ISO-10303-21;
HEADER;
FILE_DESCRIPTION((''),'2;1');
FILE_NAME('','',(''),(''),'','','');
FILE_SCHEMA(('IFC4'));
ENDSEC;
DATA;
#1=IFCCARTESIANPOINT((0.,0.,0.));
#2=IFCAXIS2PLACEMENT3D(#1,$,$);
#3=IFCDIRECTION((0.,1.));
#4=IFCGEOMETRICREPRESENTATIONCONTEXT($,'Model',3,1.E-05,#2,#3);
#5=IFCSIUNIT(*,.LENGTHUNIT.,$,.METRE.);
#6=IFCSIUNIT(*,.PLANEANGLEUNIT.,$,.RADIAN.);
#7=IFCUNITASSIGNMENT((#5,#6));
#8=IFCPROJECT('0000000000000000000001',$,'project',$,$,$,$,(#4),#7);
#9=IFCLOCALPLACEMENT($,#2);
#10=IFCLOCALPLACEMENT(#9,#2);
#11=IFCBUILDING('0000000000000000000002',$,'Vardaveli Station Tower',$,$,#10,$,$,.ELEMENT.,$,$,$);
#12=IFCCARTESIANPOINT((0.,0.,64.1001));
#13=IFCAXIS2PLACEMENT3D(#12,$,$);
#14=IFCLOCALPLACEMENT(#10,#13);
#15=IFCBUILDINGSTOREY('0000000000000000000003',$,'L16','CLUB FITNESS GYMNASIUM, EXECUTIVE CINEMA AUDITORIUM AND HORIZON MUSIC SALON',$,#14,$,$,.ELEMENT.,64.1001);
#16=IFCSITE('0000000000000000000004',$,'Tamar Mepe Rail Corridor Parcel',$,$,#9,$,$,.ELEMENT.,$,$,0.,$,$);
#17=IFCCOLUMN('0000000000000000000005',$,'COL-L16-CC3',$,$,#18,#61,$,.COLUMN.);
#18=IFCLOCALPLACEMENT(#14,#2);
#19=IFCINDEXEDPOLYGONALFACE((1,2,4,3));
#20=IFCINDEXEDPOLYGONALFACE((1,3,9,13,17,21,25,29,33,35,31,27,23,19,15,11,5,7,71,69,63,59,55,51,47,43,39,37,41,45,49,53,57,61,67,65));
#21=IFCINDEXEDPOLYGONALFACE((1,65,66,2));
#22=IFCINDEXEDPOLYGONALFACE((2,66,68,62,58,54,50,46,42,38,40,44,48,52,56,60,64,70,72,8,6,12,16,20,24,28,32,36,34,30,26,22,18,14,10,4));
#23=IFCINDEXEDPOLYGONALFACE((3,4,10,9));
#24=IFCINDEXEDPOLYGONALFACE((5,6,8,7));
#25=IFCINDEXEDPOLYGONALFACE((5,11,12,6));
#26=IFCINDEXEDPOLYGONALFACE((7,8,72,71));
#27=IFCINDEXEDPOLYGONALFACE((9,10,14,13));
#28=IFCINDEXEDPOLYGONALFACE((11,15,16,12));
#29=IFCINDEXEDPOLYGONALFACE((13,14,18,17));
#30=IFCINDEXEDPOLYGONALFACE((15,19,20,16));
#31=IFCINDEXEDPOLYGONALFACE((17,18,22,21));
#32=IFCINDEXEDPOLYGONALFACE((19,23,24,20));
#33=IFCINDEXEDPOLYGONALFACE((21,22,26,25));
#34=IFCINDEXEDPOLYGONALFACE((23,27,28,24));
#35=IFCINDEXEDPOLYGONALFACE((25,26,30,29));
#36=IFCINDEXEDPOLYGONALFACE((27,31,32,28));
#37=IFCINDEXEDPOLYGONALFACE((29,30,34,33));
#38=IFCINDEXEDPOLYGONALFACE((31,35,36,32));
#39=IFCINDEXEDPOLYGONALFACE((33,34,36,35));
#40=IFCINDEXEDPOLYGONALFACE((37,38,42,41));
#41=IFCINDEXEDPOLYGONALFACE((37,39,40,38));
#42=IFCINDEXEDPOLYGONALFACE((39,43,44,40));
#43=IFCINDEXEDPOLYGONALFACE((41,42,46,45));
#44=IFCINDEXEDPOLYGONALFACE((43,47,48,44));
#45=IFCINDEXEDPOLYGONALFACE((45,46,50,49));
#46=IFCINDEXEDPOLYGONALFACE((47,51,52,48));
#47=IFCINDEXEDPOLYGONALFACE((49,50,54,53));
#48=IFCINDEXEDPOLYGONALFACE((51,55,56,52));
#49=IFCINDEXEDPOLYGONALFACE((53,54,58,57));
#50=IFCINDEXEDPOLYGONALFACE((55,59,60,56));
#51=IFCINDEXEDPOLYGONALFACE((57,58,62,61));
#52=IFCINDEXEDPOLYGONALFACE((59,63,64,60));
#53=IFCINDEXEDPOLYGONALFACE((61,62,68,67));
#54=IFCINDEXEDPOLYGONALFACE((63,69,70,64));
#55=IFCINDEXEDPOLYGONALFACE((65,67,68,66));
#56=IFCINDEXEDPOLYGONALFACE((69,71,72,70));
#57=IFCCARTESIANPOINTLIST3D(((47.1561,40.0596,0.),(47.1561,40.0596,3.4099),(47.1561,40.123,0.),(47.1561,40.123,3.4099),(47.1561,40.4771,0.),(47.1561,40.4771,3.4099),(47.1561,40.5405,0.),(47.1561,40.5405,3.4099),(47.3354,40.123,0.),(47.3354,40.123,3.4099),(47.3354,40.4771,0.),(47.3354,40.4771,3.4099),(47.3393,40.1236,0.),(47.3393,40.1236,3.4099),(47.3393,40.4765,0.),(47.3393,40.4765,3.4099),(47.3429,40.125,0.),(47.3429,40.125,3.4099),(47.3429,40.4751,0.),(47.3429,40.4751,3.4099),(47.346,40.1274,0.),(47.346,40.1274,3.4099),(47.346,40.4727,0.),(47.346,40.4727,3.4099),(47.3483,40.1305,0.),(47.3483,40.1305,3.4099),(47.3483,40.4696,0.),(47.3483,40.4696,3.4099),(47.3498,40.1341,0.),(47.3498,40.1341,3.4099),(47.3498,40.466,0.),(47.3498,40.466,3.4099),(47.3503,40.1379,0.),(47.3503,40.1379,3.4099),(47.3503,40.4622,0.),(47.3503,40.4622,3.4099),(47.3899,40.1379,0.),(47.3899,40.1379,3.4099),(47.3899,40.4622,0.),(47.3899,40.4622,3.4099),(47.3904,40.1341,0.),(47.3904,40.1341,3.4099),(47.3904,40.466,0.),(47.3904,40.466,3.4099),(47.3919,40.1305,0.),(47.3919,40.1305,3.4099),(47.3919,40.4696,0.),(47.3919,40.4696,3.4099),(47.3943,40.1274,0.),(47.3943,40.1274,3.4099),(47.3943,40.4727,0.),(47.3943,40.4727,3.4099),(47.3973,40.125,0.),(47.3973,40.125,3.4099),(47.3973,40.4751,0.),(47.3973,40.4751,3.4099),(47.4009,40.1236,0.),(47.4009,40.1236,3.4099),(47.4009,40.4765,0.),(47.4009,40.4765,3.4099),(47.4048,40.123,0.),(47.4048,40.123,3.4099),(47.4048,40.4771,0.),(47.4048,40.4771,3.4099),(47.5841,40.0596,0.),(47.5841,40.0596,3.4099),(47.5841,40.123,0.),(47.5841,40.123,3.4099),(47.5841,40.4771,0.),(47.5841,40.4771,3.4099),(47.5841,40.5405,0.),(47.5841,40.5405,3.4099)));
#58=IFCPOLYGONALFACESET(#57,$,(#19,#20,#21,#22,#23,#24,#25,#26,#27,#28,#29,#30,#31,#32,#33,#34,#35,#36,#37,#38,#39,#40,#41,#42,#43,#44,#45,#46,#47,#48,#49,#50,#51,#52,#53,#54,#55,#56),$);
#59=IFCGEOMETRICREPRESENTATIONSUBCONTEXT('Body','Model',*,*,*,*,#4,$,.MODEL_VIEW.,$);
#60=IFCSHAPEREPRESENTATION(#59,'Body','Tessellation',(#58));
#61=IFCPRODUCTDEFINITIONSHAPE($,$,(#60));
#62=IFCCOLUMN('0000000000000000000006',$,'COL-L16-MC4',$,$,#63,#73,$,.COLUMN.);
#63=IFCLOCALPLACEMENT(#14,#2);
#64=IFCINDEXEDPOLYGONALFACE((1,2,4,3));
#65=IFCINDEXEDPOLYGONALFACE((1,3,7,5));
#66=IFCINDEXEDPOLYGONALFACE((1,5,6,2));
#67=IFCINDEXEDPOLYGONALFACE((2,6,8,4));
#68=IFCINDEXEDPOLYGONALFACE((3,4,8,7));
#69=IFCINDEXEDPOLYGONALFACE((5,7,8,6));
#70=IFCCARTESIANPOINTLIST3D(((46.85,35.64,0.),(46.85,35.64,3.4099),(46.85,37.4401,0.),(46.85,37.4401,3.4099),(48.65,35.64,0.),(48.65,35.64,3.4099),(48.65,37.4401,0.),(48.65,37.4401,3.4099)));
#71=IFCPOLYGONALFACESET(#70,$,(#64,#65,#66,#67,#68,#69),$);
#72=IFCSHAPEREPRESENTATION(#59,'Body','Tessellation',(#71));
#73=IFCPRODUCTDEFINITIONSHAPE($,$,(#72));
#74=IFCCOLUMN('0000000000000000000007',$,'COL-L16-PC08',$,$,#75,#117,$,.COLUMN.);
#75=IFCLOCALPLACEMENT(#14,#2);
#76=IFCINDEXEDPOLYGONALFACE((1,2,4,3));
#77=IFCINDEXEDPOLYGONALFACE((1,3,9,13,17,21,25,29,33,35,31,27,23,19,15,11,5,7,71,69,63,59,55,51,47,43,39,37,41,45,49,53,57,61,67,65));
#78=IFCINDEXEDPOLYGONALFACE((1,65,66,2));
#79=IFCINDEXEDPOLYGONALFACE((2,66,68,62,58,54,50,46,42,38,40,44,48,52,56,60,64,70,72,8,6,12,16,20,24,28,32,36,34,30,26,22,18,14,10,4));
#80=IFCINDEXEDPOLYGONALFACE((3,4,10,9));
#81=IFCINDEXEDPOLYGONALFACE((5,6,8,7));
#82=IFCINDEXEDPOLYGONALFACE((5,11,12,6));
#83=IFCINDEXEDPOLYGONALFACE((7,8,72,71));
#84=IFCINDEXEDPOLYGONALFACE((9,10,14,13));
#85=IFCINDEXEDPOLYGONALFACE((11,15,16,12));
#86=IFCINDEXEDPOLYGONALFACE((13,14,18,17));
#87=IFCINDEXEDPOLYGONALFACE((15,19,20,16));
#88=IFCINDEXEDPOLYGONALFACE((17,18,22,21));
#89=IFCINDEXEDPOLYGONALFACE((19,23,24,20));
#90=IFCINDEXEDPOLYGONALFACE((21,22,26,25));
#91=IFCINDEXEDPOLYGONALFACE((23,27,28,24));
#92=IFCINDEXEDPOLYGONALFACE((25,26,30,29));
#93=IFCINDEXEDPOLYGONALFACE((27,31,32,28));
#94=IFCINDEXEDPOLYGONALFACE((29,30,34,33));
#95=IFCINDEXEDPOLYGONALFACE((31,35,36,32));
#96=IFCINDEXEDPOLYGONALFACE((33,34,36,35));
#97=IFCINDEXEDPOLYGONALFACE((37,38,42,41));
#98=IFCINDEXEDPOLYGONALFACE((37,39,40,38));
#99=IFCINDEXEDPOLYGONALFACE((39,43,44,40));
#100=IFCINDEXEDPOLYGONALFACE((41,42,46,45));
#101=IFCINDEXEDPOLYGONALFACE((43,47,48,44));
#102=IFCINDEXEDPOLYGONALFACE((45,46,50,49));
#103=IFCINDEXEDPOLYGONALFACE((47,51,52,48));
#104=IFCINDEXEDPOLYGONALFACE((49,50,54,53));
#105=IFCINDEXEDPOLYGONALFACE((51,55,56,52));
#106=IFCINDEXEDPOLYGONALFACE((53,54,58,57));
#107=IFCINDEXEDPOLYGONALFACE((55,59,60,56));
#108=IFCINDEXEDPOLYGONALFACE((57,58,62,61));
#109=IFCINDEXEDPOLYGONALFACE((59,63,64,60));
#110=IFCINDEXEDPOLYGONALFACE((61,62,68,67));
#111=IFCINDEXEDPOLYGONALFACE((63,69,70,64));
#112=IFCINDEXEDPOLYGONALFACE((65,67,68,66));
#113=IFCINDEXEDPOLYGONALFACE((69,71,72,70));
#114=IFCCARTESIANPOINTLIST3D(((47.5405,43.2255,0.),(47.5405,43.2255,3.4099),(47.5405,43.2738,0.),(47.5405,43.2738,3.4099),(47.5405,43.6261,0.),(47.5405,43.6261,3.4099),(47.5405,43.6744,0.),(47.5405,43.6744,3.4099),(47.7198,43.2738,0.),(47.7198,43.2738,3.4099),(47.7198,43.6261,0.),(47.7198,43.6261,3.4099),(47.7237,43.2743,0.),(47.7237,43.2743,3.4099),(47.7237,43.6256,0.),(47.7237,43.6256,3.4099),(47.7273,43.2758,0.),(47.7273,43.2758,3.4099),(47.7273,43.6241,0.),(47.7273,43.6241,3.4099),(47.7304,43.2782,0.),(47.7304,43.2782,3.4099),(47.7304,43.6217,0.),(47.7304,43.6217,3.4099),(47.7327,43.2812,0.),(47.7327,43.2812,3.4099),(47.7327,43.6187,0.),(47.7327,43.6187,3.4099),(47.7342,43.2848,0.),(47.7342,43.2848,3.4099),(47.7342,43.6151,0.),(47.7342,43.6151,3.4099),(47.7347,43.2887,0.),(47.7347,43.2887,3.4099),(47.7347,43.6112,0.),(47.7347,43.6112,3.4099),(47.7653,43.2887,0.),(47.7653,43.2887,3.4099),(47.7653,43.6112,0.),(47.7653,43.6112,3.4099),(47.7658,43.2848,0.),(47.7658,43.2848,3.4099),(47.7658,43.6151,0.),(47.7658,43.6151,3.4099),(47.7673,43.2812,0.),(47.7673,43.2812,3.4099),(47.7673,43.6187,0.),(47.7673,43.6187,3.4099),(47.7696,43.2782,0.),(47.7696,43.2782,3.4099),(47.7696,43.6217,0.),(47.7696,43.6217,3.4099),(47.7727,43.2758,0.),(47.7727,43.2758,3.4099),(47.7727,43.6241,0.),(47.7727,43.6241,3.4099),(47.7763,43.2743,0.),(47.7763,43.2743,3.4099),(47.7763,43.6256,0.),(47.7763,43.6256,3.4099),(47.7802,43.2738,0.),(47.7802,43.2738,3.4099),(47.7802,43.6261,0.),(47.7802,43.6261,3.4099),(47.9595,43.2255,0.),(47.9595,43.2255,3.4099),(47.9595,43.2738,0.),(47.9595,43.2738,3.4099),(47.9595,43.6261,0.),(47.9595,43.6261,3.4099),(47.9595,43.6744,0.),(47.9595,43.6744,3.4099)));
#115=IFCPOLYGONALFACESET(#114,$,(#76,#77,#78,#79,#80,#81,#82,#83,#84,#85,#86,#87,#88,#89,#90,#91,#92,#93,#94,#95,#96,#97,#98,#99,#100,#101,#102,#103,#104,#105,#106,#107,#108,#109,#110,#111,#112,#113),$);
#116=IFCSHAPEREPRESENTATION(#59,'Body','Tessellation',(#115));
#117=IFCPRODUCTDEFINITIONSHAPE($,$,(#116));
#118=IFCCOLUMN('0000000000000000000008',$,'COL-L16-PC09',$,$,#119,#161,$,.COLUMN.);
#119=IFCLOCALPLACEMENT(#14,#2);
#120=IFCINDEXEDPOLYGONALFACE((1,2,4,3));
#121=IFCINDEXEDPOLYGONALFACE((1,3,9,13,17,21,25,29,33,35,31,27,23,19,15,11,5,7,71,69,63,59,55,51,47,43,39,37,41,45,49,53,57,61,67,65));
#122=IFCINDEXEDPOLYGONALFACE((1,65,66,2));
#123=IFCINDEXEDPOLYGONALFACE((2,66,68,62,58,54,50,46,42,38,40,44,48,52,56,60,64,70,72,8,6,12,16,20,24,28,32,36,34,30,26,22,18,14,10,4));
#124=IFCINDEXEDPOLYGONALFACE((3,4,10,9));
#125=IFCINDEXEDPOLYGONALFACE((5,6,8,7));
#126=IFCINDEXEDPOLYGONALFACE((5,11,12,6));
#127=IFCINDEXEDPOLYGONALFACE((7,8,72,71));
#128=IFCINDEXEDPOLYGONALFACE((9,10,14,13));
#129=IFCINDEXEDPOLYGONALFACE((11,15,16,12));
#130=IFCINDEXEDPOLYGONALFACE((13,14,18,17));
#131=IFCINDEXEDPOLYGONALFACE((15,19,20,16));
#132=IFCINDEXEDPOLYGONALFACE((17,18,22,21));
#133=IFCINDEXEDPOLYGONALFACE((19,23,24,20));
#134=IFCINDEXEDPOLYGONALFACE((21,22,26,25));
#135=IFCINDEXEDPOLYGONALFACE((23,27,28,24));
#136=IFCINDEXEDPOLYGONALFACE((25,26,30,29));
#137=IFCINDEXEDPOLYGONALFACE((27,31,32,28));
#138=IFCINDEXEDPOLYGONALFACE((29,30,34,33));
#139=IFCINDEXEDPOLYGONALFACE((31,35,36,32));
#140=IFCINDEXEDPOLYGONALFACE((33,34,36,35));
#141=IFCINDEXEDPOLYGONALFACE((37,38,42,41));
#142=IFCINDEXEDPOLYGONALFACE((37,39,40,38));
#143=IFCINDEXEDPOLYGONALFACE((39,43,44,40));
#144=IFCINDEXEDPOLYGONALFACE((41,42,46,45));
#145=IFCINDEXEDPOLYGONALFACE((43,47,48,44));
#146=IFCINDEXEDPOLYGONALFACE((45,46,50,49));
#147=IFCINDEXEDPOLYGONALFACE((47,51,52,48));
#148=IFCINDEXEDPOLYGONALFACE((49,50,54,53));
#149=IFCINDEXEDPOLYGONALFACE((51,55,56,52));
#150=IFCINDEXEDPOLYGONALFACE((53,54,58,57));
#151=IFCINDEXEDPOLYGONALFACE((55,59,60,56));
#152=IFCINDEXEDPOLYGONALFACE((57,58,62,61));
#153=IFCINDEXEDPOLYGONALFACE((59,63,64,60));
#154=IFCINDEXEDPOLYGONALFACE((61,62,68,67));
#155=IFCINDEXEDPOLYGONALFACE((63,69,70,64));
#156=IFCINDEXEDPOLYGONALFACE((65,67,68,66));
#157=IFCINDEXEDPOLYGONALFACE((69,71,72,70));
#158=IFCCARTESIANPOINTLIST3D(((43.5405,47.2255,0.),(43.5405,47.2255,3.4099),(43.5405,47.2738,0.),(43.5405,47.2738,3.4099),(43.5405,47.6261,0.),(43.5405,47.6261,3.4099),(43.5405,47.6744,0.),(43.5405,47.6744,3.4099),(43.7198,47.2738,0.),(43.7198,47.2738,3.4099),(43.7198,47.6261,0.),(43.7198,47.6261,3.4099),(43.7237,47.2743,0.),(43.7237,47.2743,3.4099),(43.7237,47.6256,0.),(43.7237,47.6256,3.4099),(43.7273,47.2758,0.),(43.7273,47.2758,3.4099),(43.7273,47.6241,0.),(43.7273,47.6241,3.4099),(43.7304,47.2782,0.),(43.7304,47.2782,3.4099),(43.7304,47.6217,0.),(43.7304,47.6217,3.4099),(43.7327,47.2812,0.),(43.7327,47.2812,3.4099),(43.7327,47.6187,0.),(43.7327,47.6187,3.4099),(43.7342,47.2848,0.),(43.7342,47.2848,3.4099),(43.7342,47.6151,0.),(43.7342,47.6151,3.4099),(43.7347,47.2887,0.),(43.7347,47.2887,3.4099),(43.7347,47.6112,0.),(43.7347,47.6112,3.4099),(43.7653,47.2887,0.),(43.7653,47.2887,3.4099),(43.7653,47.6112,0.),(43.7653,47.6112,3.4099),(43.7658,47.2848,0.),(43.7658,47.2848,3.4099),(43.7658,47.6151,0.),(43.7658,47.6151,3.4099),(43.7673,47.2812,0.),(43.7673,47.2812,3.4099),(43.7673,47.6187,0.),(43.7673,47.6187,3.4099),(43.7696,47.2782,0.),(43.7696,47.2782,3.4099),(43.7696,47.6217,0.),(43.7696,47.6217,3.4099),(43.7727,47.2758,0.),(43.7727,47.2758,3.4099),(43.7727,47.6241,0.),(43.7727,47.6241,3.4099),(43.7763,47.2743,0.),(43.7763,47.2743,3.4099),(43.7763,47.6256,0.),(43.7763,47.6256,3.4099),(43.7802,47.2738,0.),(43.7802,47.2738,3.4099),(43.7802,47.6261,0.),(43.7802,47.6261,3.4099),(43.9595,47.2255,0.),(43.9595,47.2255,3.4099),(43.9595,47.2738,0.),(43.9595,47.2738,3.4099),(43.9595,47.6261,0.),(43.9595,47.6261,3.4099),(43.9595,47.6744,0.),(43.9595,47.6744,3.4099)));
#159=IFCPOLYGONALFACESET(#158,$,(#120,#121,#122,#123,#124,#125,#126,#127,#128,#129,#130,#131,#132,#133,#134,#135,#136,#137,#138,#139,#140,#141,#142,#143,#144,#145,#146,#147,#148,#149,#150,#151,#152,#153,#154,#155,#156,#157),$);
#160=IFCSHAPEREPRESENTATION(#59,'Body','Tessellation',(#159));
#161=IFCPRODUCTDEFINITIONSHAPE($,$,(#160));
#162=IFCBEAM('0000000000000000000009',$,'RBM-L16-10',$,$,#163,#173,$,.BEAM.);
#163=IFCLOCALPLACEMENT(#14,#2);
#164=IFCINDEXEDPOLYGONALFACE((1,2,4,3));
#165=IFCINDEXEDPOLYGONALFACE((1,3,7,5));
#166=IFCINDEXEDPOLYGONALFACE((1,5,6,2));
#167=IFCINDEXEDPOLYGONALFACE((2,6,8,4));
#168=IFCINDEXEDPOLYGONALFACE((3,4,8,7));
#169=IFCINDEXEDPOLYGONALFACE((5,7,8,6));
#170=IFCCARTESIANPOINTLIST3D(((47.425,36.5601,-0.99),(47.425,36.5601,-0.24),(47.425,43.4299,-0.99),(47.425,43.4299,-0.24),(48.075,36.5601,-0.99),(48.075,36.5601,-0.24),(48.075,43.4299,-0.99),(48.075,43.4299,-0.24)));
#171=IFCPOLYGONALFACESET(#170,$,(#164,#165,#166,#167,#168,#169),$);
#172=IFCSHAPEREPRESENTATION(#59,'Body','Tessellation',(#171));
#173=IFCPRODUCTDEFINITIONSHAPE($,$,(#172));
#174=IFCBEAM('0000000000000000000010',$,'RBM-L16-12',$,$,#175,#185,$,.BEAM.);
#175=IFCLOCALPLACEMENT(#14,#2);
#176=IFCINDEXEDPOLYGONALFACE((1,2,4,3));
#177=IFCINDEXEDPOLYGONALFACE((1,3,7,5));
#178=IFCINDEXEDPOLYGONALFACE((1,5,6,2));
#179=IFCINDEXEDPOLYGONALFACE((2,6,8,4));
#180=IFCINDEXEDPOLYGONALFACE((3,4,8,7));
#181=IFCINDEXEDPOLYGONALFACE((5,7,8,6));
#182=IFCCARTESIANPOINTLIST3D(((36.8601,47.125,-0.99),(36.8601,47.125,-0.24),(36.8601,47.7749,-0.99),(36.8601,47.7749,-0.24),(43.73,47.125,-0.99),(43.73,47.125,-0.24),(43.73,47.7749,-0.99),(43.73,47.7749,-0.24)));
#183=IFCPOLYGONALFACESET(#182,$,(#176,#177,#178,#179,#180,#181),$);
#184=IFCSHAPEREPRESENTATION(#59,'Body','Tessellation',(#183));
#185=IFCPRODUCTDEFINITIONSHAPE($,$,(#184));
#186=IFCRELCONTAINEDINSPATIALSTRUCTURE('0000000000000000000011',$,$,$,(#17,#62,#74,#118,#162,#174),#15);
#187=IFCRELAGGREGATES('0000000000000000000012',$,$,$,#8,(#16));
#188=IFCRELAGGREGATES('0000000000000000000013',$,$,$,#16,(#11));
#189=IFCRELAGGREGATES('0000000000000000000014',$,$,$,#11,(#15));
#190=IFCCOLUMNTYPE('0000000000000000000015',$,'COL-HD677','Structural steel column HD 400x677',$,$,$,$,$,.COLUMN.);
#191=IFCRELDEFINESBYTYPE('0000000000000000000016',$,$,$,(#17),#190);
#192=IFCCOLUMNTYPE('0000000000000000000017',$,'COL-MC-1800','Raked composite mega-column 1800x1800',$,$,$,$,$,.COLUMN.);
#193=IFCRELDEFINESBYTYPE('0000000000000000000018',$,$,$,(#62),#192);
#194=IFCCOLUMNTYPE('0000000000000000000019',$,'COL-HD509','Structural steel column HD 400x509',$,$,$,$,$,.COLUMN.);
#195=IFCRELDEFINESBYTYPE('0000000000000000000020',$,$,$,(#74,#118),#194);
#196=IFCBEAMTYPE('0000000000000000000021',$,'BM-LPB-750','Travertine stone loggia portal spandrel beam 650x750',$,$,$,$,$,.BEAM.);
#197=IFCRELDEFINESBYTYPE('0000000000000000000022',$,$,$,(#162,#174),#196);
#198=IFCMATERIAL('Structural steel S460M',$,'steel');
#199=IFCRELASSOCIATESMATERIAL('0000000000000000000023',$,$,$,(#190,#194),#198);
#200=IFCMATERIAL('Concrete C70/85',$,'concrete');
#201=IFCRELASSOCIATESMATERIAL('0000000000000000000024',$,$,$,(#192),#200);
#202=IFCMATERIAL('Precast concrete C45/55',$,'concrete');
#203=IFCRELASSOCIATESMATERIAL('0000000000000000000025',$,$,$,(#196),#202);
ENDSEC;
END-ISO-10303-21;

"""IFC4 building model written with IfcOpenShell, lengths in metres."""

from ifc_helpers import new_model, si_unit, direction, frame, origin, origin_2d, place, context, subcontext, project, spatial, rectangle, i_section, extrude, source, transform, mapped, material, material_profile, profile_set, type_object, element, save


model = new_model("IFC4")

# Units and contexts
model_context = context("Model", 3, precision=1e-05, world=origin(), true_north=direction((0.0, 1.0)))
body_context = subcontext(model_context, "Body", "Model", "MODEL_VIEW")
ifc_project = project(units=[si_unit("LENGTHUNIT", "METRE"), si_unit("PLANEANGLEUNIT", "RADIAN")], contexts=[model_context])

# Site, building, storey
site_placement = place(None, origin())
site = spatial("IfcSite", under=ifc_project, at=site_placement, Name="Tamar Mepe Rail Corridor Parcel", CompositionType="ELEMENT", RefElevation=0.0)
building_placement = place(site_placement, origin())
building = spatial("IfcBuilding", under=site, at=building_placement, Name="Vardaveli Station Tower", CompositionType="ELEMENT")
storey_placement = place(building_placement, frame((0.0, 0.0, 64.1001)))
storey = spatial("IfcBuildingStorey", under=building, at=storey_placement, Name="L16", Description="CLUB FITNESS GYMNASIUM, EXECUTIVE CINEMA AUDITORIUM AND HORIZON MUSIC SALON", CompositionType="ELEMENT", Elevation=64.1001)

# Columns
ifc_material_1 = material(Name="Structural steel S460M", Category="steel")
ifc_material_profile_1 = material_profile(ifc_material_1, i_section(OverallWidth=0.428, OverallDepth=0.481, WebThickness=0.0396, FlangeThickness=0.0635, FilletRadius=0.0149, at=origin_2d()), Name="HD 400x677")
ifc_profile_set_1 = profile_set([ifc_material_profile_1], Name="Structural steel S460M")
column_type_1 = type_object("IfcColumnType", Name="COL-HD677", Description="Structural steel column HD 400x677", PredefinedType="COLUMN", material=ifc_profile_set_1)
shared_shape_1 = source(origin(), body_context, "Body", "SweptSolid", [
    extrude(i_section(OverallWidth=0.428, OverallDepth=0.481, WebThickness=0.0396, FlangeThickness=0.0635, FilletRadius=0.0149, at=origin_2d()), origin(), (0.0, 0.0, 1.0), 3.4099),
])
column_1_placement = place(storey_placement, frame((47.3701, 40.3, 0.0), z_axis=(0.0, 0.0, 1.0), x_axis=(1.0, 0.0, 0.0)))
element("IfcColumn", 1, at=column_1_placement, inside=storey, type_object=column_type_1, Name="COL-L16-CC3", PredefinedType="COLUMN", context=body_context, shape_type="MappedRepresentation", body=[
    mapped(shared_shape_1, transform((0.0, 0.0, 0.0), scale=1.0)),
])
ifc_material_2 = material(Name="Concrete C70/85", Category="concrete")
ifc_material_profile_2 = material_profile(ifc_material_2, rectangle(XDim=1.8, YDim=1.8, at=origin_2d()), Name="MC 1800x1800")
ifc_profile_set_2 = profile_set([ifc_material_profile_2], Name="Concrete C70/85")
column_type_2 = type_object("IfcColumnType", Name="COL-MC-1800", Description="Raked composite mega-column 1800x1800", PredefinedType="COLUMN", material=ifc_profile_set_2)
shared_shape_2 = source(origin(), body_context, "Body", "SweptSolid", [
    extrude(rectangle(XDim=1.8, YDim=1.8, at=origin_2d()), origin(), (0.0, 0.0, 1.0), 3.4099),
])
column_2_placement = place(storey_placement, frame((47.75, 36.54, 0.0), z_axis=(0.0, 0.0, 1.0), x_axis=(1.0, 0.0, 0.0)))
element("IfcColumn", 2, at=column_2_placement, inside=storey, type_object=column_type_2, Name="COL-L16-MC4", PredefinedType="COLUMN", context=body_context, shape_type="MappedRepresentation", body=[
    mapped(shared_shape_2, transform((0.0, 0.0, 0.0), scale=1.0)),
])
ifc_material_profile_3 = material_profile(ifc_material_1, i_section(OverallWidth=0.4189, OverallDepth=0.449, WebThickness=0.0305, FlangeThickness=0.0483, FilletRadius=0.0149, at=origin_2d()), Name="HD 400x509")
ifc_profile_set_3 = profile_set([ifc_material_profile_3], Name="Structural steel S460M")
column_type_3 = type_object("IfcColumnType", Name="COL-HD509", Description="Structural steel column HD 400x509", PredefinedType="COLUMN", material=ifc_profile_set_3)
shared_shape_3 = source(origin(), body_context, "Body", "SweptSolid", [
    extrude(i_section(OverallWidth=0.4189, OverallDepth=0.449, WebThickness=0.0305, FlangeThickness=0.0483, FilletRadius=0.0149, at=origin_2d()), origin(), (0.0, 0.0, 1.0), 3.4099),
])
for number, where, z_axis, x_axis, name in (
    (3, (47.75, 43.45, 0.0), (0.0, 0.0, 1.0), (1.0, 0.0, 0.0), "COL-L16-PC08"),
    (4, (43.75, 47.45, 0.0), (0.0, 0.0, 1.0), (1.0, 0.0, 0.0), "COL-L16-PC09"),
):
    element("IfcColumn", number, at=place(storey_placement, frame(where, z_axis=z_axis, x_axis=x_axis)), inside=storey, type_object=column_type_3, Name=name, PredefinedType="COLUMN", context=body_context, shape_type="MappedRepresentation", body=[
        mapped(shared_shape_3, transform((0.0, 0.0, 0.0), scale=1.0)),
    ])

# Beams
ifc_material_3 = material(Name="Precast concrete C45/55", Category="concrete")
ifc_material_profile_4 = material_profile(ifc_material_3, rectangle(XDim=0.6499, YDim=0.75, at=origin_2d()), Name="LPB 650x750")
ifc_profile_set_4 = profile_set([ifc_material_profile_4], Name="Precast concrete C45/55")
beam_type = type_object("IfcBeamType", Name="BM-LPB-750", Description="Travertine stone loggia portal spandrel beam 650x750", PredefinedType="BEAM", material=ifc_profile_set_4)
shared_shape_4 = source(origin(), body_context, "Body", "SweptSolid", [
    extrude(rectangle(XDim=0.6499, YDim=0.75, at=origin_2d()), origin(), (0.0, 0.0, 1.0), 6.8699),
])
for number, where, z_axis, x_axis, name in (
    (5, (47.75, 36.5601, -0.615), (0.0, 1.0, 0.0), (-1.0, 0.0, 0.0), "RBM-L16-10"),
    (6, (43.73, 47.45, -0.615), (-1.0, 0.0, 0.0), (0.0, -1.0, 0.0), "RBM-L16-12"),
):
    element("IfcBeam", number, at=place(storey_placement, frame(where, z_axis=z_axis, x_axis=x_axis)), inside=storey, type_object=beam_type, Name=name, PredefinedType="BEAM", context=body_context, shape_type="MappedRepresentation", body=[
        mapped(shared_shape_4, transform((0.0, 0.0, 0.0), scale=1.0)),
    ])

save(model, "model.ifc")
